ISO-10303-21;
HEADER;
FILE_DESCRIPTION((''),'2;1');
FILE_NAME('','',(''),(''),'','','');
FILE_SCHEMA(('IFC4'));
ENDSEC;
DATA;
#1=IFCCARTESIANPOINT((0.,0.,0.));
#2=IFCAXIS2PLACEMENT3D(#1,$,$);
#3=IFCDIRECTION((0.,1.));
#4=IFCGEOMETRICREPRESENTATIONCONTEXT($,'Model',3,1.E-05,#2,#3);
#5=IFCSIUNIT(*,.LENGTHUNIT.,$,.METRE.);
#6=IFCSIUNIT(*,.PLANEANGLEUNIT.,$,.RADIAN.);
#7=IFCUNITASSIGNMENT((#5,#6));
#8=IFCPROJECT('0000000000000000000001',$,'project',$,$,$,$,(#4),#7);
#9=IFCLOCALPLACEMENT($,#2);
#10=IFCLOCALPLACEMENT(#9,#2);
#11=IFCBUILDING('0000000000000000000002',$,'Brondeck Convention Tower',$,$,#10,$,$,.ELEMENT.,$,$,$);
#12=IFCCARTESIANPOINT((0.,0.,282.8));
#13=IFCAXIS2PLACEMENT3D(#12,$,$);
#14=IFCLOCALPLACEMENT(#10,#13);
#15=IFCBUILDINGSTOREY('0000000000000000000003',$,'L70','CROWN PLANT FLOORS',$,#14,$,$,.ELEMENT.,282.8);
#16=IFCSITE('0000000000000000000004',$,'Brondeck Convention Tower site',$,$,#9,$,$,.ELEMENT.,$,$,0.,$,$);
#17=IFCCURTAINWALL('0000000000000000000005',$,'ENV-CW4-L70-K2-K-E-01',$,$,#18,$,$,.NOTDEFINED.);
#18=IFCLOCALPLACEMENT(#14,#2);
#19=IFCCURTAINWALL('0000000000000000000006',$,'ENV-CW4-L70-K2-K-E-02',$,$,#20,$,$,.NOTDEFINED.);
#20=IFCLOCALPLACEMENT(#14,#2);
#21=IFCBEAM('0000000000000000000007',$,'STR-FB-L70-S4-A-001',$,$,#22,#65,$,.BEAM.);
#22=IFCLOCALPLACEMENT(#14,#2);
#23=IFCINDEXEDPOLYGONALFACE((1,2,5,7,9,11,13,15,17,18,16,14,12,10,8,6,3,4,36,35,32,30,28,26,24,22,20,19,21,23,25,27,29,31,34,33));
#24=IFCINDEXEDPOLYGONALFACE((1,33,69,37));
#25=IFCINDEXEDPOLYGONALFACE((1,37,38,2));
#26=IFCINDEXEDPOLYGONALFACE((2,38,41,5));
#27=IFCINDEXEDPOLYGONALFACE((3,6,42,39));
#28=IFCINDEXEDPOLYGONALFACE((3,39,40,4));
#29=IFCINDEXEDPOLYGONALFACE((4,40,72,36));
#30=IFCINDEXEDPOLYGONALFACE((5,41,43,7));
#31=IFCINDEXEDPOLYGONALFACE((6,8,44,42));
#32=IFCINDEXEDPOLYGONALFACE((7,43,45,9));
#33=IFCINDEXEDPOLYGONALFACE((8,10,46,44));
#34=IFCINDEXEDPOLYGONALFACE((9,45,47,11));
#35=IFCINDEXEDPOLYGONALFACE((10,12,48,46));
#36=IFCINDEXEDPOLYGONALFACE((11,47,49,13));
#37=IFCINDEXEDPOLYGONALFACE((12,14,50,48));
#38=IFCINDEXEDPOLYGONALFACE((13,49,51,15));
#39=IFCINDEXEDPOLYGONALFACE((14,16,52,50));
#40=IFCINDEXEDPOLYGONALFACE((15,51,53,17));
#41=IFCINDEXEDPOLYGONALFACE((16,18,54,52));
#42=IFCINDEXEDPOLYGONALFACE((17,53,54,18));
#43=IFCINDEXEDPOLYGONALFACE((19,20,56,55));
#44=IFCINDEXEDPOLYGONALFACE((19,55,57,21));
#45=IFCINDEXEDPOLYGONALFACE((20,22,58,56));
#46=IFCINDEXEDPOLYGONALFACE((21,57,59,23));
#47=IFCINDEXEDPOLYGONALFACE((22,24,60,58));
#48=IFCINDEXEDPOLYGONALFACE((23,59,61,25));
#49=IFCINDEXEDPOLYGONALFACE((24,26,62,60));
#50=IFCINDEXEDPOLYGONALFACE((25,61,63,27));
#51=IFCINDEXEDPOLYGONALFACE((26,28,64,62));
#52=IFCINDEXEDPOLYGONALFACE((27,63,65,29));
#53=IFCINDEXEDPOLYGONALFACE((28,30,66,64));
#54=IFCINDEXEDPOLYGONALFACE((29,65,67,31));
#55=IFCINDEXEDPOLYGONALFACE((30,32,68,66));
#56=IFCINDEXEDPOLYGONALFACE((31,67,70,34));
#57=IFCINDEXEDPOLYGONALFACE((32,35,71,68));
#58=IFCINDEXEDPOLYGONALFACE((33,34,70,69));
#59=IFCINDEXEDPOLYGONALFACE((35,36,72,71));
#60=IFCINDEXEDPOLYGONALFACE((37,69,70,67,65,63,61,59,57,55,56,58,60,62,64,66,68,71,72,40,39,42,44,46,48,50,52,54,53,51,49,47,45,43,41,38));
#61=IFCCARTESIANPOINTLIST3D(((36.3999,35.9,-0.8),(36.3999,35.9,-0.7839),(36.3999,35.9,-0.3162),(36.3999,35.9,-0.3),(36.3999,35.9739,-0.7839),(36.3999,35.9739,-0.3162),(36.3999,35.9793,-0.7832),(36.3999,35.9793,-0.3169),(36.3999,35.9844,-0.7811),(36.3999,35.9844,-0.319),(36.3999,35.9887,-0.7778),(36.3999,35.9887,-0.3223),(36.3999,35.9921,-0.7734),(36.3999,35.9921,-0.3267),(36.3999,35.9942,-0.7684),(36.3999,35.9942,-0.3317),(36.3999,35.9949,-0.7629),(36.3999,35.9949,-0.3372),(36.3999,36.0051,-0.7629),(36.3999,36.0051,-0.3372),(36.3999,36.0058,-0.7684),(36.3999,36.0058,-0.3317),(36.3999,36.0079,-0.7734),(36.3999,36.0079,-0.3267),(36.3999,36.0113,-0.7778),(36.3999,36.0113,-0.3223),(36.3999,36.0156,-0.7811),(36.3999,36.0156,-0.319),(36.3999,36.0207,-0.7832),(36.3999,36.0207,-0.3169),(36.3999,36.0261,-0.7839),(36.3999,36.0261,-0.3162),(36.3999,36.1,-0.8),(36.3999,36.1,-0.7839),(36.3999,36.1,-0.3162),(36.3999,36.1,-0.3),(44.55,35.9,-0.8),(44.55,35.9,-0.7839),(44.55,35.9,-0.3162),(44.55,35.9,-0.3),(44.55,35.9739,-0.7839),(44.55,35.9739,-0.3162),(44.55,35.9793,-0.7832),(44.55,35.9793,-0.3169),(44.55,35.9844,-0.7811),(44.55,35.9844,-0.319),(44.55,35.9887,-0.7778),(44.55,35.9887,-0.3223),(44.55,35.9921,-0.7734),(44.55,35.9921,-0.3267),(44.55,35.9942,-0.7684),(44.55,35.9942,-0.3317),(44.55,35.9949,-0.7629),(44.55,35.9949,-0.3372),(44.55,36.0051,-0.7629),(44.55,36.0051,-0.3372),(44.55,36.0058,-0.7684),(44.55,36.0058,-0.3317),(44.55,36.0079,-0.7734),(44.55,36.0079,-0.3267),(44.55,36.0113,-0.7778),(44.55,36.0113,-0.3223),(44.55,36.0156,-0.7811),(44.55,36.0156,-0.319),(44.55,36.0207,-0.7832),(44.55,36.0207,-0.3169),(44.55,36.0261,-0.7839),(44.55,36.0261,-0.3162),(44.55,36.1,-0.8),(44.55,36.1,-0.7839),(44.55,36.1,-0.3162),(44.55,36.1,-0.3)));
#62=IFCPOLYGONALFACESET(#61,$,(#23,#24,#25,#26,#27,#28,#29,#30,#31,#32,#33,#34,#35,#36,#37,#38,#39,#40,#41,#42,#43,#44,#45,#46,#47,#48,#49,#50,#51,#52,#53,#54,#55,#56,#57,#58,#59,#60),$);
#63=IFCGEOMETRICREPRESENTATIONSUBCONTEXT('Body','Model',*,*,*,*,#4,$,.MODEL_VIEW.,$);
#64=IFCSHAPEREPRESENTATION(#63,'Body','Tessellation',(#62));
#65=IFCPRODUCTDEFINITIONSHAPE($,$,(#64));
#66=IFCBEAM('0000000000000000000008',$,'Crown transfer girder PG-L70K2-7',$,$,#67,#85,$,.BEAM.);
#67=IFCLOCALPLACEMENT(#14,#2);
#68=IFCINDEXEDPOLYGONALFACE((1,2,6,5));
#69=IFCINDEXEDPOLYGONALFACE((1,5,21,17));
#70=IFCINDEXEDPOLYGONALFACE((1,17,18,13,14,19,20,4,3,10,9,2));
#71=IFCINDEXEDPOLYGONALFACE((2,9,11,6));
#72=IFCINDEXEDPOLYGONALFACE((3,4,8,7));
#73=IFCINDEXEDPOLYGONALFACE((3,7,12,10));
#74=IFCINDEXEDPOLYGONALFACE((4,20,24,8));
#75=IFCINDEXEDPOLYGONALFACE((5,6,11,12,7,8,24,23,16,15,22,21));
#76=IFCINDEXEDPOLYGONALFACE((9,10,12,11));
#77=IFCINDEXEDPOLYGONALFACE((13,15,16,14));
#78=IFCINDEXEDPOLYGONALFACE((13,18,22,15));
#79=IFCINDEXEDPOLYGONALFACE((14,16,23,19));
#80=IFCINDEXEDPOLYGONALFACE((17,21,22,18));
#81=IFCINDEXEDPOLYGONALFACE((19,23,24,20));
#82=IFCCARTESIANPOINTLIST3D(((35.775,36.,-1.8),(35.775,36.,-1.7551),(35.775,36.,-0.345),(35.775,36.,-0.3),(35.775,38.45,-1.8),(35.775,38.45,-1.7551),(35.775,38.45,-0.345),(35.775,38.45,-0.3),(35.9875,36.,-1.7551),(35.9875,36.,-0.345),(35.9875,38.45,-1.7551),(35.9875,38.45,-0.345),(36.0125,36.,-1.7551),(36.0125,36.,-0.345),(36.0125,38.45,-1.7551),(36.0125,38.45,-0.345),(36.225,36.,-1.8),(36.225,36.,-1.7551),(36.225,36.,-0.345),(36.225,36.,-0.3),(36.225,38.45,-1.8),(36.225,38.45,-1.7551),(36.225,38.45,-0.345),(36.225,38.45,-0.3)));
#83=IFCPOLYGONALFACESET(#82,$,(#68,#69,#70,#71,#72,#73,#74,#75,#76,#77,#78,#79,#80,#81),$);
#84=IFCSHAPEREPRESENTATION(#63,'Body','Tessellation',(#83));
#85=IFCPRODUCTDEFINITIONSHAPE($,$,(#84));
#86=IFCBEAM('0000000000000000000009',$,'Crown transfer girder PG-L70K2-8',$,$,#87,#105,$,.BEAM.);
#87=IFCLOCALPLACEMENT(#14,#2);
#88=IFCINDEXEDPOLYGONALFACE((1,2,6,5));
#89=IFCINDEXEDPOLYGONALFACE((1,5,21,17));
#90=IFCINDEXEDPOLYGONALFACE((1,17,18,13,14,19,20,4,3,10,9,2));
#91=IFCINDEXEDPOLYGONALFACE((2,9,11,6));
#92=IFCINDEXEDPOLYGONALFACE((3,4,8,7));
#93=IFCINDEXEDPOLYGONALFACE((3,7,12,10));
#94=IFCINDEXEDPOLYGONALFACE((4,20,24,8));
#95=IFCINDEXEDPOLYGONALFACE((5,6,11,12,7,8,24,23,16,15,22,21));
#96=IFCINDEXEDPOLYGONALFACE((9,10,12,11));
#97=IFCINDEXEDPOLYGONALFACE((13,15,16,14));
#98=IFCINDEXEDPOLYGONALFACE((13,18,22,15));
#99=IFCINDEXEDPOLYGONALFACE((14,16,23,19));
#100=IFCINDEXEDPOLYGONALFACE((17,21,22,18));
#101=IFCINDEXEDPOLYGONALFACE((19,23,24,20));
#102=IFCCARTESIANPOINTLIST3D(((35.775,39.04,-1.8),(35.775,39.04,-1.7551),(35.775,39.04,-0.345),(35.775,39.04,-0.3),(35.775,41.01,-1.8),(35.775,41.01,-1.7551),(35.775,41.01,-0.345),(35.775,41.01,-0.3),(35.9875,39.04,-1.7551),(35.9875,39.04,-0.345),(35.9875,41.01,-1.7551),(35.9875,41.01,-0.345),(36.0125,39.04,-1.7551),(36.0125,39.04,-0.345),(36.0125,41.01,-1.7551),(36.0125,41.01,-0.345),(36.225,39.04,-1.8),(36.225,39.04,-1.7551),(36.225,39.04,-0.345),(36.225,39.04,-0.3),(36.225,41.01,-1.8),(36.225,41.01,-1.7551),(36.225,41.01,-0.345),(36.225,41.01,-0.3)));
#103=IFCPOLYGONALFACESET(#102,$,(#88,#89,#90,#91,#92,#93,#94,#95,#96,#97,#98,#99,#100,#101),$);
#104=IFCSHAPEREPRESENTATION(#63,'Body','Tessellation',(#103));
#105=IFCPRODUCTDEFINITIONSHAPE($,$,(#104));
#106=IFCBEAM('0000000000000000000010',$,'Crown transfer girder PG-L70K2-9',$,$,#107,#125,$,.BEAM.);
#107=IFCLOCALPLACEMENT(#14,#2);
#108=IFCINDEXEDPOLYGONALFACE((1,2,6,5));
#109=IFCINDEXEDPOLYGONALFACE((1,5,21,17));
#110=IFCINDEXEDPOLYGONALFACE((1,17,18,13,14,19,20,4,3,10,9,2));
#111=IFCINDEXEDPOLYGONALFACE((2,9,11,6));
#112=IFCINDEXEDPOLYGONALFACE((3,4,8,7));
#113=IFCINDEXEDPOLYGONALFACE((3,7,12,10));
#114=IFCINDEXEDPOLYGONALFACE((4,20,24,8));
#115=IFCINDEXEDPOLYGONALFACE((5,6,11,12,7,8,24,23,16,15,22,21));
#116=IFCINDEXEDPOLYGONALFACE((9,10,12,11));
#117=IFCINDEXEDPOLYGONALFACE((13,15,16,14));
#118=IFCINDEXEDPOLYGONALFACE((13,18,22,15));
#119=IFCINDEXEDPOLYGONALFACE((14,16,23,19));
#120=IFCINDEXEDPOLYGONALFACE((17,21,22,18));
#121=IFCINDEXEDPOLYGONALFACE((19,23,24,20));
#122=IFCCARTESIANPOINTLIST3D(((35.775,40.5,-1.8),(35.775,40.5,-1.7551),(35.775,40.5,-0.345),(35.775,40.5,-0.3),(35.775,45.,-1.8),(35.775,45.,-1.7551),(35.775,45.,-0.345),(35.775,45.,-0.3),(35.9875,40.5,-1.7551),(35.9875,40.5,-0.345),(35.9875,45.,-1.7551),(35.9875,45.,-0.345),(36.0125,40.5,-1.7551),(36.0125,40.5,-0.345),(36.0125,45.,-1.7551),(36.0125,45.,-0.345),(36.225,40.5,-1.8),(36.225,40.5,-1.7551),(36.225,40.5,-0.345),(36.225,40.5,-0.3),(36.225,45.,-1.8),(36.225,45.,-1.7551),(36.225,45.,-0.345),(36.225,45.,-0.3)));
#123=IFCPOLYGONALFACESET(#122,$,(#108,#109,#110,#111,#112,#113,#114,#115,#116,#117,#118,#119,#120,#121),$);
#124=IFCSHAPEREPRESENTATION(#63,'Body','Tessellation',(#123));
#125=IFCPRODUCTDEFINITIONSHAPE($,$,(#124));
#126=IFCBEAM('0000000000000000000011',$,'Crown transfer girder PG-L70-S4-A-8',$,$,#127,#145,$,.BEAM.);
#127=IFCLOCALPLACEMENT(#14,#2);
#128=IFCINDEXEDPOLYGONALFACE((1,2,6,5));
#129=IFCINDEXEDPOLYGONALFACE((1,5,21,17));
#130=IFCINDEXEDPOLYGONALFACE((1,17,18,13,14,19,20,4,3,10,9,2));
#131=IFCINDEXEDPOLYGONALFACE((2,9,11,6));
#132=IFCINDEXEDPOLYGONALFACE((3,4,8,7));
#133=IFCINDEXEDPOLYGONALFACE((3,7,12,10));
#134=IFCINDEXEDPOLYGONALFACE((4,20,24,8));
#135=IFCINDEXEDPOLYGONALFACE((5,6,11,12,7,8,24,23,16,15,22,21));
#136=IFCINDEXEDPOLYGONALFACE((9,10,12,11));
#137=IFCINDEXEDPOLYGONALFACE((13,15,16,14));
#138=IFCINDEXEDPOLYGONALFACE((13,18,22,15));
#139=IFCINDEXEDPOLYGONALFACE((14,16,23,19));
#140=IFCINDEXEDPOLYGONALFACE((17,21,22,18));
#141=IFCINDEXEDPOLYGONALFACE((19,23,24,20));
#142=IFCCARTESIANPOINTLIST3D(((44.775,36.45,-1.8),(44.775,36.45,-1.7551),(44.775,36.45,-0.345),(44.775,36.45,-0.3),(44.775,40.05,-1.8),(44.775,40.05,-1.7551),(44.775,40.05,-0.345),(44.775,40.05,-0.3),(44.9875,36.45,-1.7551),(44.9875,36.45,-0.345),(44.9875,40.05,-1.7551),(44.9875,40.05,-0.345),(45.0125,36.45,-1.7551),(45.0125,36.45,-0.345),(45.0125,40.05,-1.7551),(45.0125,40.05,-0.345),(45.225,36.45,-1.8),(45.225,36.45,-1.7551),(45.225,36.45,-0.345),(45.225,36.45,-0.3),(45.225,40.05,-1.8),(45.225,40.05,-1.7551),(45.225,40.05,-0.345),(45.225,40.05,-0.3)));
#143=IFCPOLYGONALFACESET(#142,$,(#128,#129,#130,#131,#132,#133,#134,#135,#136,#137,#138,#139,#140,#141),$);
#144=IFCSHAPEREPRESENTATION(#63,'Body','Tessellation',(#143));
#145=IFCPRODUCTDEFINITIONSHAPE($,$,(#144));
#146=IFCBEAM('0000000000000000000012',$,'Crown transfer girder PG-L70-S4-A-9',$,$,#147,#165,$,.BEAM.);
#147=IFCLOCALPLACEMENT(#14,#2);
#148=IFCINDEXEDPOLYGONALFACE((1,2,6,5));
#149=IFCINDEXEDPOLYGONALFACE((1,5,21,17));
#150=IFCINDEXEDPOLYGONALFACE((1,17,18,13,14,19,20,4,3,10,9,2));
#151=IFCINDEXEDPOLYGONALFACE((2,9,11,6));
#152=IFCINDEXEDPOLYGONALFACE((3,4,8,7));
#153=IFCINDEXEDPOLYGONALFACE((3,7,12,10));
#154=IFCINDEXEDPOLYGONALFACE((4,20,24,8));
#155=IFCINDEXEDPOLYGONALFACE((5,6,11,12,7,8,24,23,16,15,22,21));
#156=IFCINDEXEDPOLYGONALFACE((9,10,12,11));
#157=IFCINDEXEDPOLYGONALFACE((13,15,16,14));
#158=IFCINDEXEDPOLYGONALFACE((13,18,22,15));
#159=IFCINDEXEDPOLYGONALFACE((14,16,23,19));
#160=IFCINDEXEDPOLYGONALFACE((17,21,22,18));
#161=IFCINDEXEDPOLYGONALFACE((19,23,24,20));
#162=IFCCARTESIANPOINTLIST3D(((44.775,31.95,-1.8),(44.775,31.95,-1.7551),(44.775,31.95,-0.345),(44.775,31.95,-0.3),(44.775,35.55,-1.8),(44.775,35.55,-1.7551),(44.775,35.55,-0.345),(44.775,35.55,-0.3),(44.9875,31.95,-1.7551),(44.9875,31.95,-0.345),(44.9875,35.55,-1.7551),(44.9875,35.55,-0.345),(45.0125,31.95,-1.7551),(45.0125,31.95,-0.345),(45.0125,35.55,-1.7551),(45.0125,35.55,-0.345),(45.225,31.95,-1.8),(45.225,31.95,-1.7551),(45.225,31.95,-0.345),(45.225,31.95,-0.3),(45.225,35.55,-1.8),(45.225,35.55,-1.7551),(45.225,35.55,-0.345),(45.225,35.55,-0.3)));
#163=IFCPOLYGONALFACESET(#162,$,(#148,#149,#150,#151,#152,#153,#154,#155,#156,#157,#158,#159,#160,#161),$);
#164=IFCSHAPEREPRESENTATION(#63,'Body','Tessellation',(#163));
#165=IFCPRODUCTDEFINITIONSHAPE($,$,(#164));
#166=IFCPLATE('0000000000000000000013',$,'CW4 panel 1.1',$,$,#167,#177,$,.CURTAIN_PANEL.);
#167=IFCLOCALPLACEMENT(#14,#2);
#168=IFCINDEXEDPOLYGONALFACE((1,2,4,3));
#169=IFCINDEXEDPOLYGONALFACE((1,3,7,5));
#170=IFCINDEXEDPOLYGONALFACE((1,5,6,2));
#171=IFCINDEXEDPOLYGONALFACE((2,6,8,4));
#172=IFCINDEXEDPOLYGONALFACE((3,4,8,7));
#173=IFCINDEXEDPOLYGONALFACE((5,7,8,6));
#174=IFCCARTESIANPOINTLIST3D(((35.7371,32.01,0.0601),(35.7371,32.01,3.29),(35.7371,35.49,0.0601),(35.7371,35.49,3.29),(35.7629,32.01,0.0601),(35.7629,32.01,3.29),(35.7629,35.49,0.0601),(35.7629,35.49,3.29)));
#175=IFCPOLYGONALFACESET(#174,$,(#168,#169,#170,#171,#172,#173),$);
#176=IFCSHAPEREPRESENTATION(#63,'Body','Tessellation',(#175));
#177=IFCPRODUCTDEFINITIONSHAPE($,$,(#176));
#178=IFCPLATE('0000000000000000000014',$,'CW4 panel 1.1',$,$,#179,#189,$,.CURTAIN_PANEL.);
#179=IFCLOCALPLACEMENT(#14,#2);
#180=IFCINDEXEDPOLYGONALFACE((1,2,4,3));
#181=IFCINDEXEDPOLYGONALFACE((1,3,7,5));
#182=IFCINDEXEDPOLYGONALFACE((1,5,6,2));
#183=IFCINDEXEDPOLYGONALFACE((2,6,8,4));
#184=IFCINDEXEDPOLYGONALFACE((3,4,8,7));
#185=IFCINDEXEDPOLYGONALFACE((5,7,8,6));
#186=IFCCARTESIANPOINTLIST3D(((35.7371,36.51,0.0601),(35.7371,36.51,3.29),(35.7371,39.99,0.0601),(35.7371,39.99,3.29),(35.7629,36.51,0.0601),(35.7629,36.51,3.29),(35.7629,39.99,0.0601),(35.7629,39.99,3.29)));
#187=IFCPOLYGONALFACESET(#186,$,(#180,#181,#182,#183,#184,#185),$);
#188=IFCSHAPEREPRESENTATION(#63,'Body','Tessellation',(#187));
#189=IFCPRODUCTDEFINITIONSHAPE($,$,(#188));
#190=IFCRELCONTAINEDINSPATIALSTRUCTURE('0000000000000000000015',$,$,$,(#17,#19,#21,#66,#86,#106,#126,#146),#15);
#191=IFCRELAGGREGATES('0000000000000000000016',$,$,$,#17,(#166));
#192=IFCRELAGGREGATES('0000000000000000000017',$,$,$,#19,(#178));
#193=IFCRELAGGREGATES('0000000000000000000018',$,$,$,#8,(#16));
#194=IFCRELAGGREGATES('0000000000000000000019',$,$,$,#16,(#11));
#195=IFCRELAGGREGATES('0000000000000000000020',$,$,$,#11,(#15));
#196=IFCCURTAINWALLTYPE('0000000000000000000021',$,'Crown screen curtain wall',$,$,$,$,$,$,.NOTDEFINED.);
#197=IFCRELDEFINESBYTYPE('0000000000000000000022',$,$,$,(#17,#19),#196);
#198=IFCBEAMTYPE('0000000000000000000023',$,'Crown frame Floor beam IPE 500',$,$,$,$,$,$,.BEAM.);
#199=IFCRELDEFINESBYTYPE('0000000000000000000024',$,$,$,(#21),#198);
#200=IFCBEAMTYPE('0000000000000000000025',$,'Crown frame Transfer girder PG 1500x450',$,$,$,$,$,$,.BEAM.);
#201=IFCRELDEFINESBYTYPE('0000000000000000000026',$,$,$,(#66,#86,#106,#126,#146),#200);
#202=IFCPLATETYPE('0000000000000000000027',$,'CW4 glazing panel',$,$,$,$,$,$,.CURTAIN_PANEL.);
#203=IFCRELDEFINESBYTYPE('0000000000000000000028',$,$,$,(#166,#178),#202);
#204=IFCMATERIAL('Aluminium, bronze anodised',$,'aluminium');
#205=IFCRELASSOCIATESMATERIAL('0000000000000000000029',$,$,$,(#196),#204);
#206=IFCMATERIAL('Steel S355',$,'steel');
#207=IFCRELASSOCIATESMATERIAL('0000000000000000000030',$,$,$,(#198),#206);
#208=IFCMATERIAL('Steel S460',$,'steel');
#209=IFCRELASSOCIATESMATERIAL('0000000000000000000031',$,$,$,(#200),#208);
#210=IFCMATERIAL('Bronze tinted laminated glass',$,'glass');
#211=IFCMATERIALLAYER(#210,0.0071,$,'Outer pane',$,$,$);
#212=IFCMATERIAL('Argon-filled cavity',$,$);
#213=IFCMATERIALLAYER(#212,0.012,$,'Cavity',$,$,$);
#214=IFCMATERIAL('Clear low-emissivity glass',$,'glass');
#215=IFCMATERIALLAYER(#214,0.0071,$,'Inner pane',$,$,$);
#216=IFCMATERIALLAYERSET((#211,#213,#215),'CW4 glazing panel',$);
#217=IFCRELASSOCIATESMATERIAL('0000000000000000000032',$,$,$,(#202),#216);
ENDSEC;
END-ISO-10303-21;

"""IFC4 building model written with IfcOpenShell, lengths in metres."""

from ifc_helpers import new_model, si_unit, direction, frame, origin, origin_2d, place, context, subcontext, project, spatial, rectangle, i_section, extrude, material, layer, layer_set, material_profile, profile_set, type_object, element, aggregate, save


model = new_model("IFC4")

# Units and contexts
model_context = context("Model", 3, precision=1e-05, world=origin(), true_north=direction((0.0, 1.0)))
body_context = subcontext(model_context, "Body", "Model", "MODEL_VIEW")
ifc_project = project(units=[si_unit("LENGTHUNIT", "METRE"), si_unit("PLANEANGLEUNIT", "RADIAN")], contexts=[model_context])

# Site, building, storey
site_placement = place(None, origin())
site = spatial("IfcSite", under=ifc_project, at=site_placement, Name="Brondeck Convention Tower site", CompositionType="ELEMENT", RefElevation=0.0)
building_placement = place(site_placement, origin())
building = spatial("IfcBuilding", under=site, at=building_placement, Name="Brondeck Convention Tower", CompositionType="ELEMENT")
storey_placement = place(building_placement, frame((0.0, 0.0, 282.8)))
storey = spatial("IfcBuildingStorey", under=building, at=storey_placement, Name="L70", Description="CROWN PLANT FLOORS", CompositionType="ELEMENT", Elevation=282.8)

# Shared definitions
ifc_material_1 = material(Name="Aluminium, bronze anodised", Category="aluminium")
curtain_wall_type = type_object("IfcCurtainWallType", Name="Crown screen curtain wall", PredefinedType="NOTDEFINED", material=ifc_material_1)

# Curtain walls
curtain_wall_1_placement = place(storey_placement, origin())
curtain_wall_1 = element("IfcCurtainWall", 1, at=curtain_wall_1_placement, inside=storey, type_object=curtain_wall_type, Name="ENV-CW4-L70-K2-K-E-01", PredefinedType="NOTDEFINED")
curtain_wall_2_placement = place(storey_placement, origin())
curtain_wall_2 = element("IfcCurtainWall", 2, at=curtain_wall_2_placement, inside=storey, type_object=curtain_wall_type, Name="ENV-CW4-L70-K2-K-E-02", PredefinedType="NOTDEFINED")

# Beams
ifc_material_2 = material(Name="Steel S355", Category="steel")
ifc_material_profile_1 = material_profile(ifc_material_2, i_section(OverallWidth=0.2, OverallDepth=0.5, WebThickness=0.0103, FlangeThickness=0.0161, FilletRadius=0.021, at=origin_2d()), Name="IPE 500")
ifc_profile_set_1 = profile_set([ifc_material_profile_1], Name="Steel S355")
beam_type_1 = type_object("IfcBeamType", Name="Crown frame Floor beam IPE 500", PredefinedType="BEAM", material=ifc_profile_set_1)
beam_1_placement = place(storey_placement, frame((36.3999, 36.0, -0.55), z_axis=(1.0, 0.0, 0.0), x_axis=(0.0, 1.0, 0.0)))
element("IfcBeam", 3, at=beam_1_placement, inside=storey, type_object=beam_type_1, Name="STR-FB-L70-S4-A-001", PredefinedType="BEAM", context=body_context, shape_type="SweptSolid", body=[
    extrude(i_section(OverallWidth=0.2, OverallDepth=0.5, WebThickness=0.0103, FlangeThickness=0.0161, FilletRadius=0.021, at=origin_2d()), origin(), (0.0, 0.0, 1.0), 8.1501),
])
ifc_material_3 = material(Name="Steel S460", Category="steel")
ifc_material_profile_2 = material_profile(ifc_material_3, i_section(OverallWidth=0.45, OverallDepth=1.5, WebThickness=0.0249, FlangeThickness=0.0449, at=origin_2d()), Name="PG 1500x450")
ifc_profile_set_2 = profile_set([ifc_material_profile_2], Name="Steel S460")
beam_type_2 = type_object("IfcBeamType", Name="Crown frame Transfer girder PG 1500x450", PredefinedType="BEAM", material=ifc_profile_set_2)
beam_2_placement = place(storey_placement, frame((36.0, 36.0, -1.05), z_axis=(0.0, 1.0, 0.0), x_axis=(-1.0, 0.0, 0.0)))
element("IfcBeam", 4, at=beam_2_placement, inside=storey, type_object=beam_type_2, Name="Crown transfer girder PG-L70K2-7", PredefinedType="BEAM", context=body_context, shape_type="SweptSolid", body=[
    extrude(i_section(OverallWidth=0.45, OverallDepth=1.5, WebThickness=0.0249, FlangeThickness=0.0449, at=origin_2d()), origin(), (0.0, 0.0, 1.0), 2.45),
])
beam_3_placement = place(storey_placement, frame((36.0, 39.04, -1.05), z_axis=(0.0, 1.0, 0.0), x_axis=(-1.0, 0.0, 0.0)))
element("IfcBeam", 5, at=beam_3_placement, inside=storey, type_object=beam_type_2, Name="Crown transfer girder PG-L70K2-8", PredefinedType="BEAM", context=body_context, shape_type="SweptSolid", body=[
    extrude(i_section(OverallWidth=0.45, OverallDepth=1.5, WebThickness=0.0249, FlangeThickness=0.0449, at=origin_2d()), origin(), (0.0, 0.0, 1.0), 1.97),
])
beam_4_placement = place(storey_placement, frame((36.0, 40.5, -1.05), z_axis=(0.0, 1.0, 0.0), x_axis=(-1.0, 0.0, 0.0)))
element("IfcBeam", 6, at=beam_4_placement, inside=storey, type_object=beam_type_2, Name="Crown transfer girder PG-L70K2-9", PredefinedType="BEAM", context=body_context, shape_type="SweptSolid", body=[
    extrude(i_section(OverallWidth=0.45, OverallDepth=1.5, WebThickness=0.0249, FlangeThickness=0.0449, at=origin_2d()), origin(), (0.0, 0.0, 1.0), 4.5),
])
for number, where, z_axis, x_axis, name in (
    (7, (45.0, 40.05, -1.05), (0.0, -1.0, 0.0), (1.0, 0.0, 0.0), "Crown transfer girder PG-L70-S4-A-8"),
    (8, (45.0, 35.55, -1.05), (0.0, -1.0, 0.0), (1.0, 0.0, 0.0), "Crown transfer girder PG-L70-S4-A-9"),
):
    element("IfcBeam", number, at=place(storey_placement, frame(where, z_axis=z_axis, x_axis=x_axis)), inside=storey, type_object=beam_type_2, Name=name, PredefinedType="BEAM", context=body_context, shape_type="SweptSolid", body=[
        extrude(i_section(OverallWidth=0.45, OverallDepth=1.5, WebThickness=0.0249, FlangeThickness=0.0449, at=origin_2d()), origin(), (0.0, 0.0, 1.0), 3.6001),
    ])

# Plates
ifc_material_4 = material(Name="Bronze tinted laminated glass", Category="glass")
ifc_layer_1 = layer(ifc_material_4, 0.0071, Name="Outer pane")
ifc_material_5 = material(Name="Argon-filled cavity")
ifc_layer_2 = layer(ifc_material_5, 0.012, Name="Cavity")
ifc_material_6 = material(Name="Clear low-emissivity glass", Category="glass")
ifc_layer_3 = layer(ifc_material_6, 0.0071, Name="Inner pane")
ifc_layer_set_1 = layer_set([ifc_layer_1, ifc_layer_2, ifc_layer_3], Name="CW4 glazing panel")
plate_type = type_object("IfcPlateType", Name="CW4 glazing panel", PredefinedType="CURTAIN_PANEL", material=ifc_layer_set_1)
plate_1_placement = place(storey_placement, frame((35.75, 33.75, 0.0601), z_axis=(0.0, 0.0, 1.0), x_axis=(0.0, -1.0, 0.0)))
plate_1 = element("IfcPlate", 9, at=plate_1_placement, type_object=plate_type, Name="CW4 panel 1.1", PredefinedType="CURTAIN_PANEL", context=body_context, shape_type="SweptSolid", body=[
    extrude(rectangle(XDim=3.48, YDim=0.0259, at=origin_2d()), origin(), (0.0, 0.0, 1.0), 3.23),
])
aggregate(curtain_wall_1, [plate_1])
plate_2_placement = place(storey_placement, frame((35.75, 38.25, 0.0601), z_axis=(0.0, 0.0, 1.0), x_axis=(0.0, -1.0, 0.0)))
plate_2 = element("IfcPlate", 10, at=plate_2_placement, type_object=plate_type, Name="CW4 panel 1.1", PredefinedType="CURTAIN_PANEL", context=body_context, shape_type="SweptSolid", body=[
    extrude(rectangle(XDim=3.48, YDim=0.0259, at=origin_2d()), origin(), (0.0, 0.0, 1.0), 3.23),
])
aggregate(curtain_wall_2, [plate_2])

save(model, "model.ifc")
